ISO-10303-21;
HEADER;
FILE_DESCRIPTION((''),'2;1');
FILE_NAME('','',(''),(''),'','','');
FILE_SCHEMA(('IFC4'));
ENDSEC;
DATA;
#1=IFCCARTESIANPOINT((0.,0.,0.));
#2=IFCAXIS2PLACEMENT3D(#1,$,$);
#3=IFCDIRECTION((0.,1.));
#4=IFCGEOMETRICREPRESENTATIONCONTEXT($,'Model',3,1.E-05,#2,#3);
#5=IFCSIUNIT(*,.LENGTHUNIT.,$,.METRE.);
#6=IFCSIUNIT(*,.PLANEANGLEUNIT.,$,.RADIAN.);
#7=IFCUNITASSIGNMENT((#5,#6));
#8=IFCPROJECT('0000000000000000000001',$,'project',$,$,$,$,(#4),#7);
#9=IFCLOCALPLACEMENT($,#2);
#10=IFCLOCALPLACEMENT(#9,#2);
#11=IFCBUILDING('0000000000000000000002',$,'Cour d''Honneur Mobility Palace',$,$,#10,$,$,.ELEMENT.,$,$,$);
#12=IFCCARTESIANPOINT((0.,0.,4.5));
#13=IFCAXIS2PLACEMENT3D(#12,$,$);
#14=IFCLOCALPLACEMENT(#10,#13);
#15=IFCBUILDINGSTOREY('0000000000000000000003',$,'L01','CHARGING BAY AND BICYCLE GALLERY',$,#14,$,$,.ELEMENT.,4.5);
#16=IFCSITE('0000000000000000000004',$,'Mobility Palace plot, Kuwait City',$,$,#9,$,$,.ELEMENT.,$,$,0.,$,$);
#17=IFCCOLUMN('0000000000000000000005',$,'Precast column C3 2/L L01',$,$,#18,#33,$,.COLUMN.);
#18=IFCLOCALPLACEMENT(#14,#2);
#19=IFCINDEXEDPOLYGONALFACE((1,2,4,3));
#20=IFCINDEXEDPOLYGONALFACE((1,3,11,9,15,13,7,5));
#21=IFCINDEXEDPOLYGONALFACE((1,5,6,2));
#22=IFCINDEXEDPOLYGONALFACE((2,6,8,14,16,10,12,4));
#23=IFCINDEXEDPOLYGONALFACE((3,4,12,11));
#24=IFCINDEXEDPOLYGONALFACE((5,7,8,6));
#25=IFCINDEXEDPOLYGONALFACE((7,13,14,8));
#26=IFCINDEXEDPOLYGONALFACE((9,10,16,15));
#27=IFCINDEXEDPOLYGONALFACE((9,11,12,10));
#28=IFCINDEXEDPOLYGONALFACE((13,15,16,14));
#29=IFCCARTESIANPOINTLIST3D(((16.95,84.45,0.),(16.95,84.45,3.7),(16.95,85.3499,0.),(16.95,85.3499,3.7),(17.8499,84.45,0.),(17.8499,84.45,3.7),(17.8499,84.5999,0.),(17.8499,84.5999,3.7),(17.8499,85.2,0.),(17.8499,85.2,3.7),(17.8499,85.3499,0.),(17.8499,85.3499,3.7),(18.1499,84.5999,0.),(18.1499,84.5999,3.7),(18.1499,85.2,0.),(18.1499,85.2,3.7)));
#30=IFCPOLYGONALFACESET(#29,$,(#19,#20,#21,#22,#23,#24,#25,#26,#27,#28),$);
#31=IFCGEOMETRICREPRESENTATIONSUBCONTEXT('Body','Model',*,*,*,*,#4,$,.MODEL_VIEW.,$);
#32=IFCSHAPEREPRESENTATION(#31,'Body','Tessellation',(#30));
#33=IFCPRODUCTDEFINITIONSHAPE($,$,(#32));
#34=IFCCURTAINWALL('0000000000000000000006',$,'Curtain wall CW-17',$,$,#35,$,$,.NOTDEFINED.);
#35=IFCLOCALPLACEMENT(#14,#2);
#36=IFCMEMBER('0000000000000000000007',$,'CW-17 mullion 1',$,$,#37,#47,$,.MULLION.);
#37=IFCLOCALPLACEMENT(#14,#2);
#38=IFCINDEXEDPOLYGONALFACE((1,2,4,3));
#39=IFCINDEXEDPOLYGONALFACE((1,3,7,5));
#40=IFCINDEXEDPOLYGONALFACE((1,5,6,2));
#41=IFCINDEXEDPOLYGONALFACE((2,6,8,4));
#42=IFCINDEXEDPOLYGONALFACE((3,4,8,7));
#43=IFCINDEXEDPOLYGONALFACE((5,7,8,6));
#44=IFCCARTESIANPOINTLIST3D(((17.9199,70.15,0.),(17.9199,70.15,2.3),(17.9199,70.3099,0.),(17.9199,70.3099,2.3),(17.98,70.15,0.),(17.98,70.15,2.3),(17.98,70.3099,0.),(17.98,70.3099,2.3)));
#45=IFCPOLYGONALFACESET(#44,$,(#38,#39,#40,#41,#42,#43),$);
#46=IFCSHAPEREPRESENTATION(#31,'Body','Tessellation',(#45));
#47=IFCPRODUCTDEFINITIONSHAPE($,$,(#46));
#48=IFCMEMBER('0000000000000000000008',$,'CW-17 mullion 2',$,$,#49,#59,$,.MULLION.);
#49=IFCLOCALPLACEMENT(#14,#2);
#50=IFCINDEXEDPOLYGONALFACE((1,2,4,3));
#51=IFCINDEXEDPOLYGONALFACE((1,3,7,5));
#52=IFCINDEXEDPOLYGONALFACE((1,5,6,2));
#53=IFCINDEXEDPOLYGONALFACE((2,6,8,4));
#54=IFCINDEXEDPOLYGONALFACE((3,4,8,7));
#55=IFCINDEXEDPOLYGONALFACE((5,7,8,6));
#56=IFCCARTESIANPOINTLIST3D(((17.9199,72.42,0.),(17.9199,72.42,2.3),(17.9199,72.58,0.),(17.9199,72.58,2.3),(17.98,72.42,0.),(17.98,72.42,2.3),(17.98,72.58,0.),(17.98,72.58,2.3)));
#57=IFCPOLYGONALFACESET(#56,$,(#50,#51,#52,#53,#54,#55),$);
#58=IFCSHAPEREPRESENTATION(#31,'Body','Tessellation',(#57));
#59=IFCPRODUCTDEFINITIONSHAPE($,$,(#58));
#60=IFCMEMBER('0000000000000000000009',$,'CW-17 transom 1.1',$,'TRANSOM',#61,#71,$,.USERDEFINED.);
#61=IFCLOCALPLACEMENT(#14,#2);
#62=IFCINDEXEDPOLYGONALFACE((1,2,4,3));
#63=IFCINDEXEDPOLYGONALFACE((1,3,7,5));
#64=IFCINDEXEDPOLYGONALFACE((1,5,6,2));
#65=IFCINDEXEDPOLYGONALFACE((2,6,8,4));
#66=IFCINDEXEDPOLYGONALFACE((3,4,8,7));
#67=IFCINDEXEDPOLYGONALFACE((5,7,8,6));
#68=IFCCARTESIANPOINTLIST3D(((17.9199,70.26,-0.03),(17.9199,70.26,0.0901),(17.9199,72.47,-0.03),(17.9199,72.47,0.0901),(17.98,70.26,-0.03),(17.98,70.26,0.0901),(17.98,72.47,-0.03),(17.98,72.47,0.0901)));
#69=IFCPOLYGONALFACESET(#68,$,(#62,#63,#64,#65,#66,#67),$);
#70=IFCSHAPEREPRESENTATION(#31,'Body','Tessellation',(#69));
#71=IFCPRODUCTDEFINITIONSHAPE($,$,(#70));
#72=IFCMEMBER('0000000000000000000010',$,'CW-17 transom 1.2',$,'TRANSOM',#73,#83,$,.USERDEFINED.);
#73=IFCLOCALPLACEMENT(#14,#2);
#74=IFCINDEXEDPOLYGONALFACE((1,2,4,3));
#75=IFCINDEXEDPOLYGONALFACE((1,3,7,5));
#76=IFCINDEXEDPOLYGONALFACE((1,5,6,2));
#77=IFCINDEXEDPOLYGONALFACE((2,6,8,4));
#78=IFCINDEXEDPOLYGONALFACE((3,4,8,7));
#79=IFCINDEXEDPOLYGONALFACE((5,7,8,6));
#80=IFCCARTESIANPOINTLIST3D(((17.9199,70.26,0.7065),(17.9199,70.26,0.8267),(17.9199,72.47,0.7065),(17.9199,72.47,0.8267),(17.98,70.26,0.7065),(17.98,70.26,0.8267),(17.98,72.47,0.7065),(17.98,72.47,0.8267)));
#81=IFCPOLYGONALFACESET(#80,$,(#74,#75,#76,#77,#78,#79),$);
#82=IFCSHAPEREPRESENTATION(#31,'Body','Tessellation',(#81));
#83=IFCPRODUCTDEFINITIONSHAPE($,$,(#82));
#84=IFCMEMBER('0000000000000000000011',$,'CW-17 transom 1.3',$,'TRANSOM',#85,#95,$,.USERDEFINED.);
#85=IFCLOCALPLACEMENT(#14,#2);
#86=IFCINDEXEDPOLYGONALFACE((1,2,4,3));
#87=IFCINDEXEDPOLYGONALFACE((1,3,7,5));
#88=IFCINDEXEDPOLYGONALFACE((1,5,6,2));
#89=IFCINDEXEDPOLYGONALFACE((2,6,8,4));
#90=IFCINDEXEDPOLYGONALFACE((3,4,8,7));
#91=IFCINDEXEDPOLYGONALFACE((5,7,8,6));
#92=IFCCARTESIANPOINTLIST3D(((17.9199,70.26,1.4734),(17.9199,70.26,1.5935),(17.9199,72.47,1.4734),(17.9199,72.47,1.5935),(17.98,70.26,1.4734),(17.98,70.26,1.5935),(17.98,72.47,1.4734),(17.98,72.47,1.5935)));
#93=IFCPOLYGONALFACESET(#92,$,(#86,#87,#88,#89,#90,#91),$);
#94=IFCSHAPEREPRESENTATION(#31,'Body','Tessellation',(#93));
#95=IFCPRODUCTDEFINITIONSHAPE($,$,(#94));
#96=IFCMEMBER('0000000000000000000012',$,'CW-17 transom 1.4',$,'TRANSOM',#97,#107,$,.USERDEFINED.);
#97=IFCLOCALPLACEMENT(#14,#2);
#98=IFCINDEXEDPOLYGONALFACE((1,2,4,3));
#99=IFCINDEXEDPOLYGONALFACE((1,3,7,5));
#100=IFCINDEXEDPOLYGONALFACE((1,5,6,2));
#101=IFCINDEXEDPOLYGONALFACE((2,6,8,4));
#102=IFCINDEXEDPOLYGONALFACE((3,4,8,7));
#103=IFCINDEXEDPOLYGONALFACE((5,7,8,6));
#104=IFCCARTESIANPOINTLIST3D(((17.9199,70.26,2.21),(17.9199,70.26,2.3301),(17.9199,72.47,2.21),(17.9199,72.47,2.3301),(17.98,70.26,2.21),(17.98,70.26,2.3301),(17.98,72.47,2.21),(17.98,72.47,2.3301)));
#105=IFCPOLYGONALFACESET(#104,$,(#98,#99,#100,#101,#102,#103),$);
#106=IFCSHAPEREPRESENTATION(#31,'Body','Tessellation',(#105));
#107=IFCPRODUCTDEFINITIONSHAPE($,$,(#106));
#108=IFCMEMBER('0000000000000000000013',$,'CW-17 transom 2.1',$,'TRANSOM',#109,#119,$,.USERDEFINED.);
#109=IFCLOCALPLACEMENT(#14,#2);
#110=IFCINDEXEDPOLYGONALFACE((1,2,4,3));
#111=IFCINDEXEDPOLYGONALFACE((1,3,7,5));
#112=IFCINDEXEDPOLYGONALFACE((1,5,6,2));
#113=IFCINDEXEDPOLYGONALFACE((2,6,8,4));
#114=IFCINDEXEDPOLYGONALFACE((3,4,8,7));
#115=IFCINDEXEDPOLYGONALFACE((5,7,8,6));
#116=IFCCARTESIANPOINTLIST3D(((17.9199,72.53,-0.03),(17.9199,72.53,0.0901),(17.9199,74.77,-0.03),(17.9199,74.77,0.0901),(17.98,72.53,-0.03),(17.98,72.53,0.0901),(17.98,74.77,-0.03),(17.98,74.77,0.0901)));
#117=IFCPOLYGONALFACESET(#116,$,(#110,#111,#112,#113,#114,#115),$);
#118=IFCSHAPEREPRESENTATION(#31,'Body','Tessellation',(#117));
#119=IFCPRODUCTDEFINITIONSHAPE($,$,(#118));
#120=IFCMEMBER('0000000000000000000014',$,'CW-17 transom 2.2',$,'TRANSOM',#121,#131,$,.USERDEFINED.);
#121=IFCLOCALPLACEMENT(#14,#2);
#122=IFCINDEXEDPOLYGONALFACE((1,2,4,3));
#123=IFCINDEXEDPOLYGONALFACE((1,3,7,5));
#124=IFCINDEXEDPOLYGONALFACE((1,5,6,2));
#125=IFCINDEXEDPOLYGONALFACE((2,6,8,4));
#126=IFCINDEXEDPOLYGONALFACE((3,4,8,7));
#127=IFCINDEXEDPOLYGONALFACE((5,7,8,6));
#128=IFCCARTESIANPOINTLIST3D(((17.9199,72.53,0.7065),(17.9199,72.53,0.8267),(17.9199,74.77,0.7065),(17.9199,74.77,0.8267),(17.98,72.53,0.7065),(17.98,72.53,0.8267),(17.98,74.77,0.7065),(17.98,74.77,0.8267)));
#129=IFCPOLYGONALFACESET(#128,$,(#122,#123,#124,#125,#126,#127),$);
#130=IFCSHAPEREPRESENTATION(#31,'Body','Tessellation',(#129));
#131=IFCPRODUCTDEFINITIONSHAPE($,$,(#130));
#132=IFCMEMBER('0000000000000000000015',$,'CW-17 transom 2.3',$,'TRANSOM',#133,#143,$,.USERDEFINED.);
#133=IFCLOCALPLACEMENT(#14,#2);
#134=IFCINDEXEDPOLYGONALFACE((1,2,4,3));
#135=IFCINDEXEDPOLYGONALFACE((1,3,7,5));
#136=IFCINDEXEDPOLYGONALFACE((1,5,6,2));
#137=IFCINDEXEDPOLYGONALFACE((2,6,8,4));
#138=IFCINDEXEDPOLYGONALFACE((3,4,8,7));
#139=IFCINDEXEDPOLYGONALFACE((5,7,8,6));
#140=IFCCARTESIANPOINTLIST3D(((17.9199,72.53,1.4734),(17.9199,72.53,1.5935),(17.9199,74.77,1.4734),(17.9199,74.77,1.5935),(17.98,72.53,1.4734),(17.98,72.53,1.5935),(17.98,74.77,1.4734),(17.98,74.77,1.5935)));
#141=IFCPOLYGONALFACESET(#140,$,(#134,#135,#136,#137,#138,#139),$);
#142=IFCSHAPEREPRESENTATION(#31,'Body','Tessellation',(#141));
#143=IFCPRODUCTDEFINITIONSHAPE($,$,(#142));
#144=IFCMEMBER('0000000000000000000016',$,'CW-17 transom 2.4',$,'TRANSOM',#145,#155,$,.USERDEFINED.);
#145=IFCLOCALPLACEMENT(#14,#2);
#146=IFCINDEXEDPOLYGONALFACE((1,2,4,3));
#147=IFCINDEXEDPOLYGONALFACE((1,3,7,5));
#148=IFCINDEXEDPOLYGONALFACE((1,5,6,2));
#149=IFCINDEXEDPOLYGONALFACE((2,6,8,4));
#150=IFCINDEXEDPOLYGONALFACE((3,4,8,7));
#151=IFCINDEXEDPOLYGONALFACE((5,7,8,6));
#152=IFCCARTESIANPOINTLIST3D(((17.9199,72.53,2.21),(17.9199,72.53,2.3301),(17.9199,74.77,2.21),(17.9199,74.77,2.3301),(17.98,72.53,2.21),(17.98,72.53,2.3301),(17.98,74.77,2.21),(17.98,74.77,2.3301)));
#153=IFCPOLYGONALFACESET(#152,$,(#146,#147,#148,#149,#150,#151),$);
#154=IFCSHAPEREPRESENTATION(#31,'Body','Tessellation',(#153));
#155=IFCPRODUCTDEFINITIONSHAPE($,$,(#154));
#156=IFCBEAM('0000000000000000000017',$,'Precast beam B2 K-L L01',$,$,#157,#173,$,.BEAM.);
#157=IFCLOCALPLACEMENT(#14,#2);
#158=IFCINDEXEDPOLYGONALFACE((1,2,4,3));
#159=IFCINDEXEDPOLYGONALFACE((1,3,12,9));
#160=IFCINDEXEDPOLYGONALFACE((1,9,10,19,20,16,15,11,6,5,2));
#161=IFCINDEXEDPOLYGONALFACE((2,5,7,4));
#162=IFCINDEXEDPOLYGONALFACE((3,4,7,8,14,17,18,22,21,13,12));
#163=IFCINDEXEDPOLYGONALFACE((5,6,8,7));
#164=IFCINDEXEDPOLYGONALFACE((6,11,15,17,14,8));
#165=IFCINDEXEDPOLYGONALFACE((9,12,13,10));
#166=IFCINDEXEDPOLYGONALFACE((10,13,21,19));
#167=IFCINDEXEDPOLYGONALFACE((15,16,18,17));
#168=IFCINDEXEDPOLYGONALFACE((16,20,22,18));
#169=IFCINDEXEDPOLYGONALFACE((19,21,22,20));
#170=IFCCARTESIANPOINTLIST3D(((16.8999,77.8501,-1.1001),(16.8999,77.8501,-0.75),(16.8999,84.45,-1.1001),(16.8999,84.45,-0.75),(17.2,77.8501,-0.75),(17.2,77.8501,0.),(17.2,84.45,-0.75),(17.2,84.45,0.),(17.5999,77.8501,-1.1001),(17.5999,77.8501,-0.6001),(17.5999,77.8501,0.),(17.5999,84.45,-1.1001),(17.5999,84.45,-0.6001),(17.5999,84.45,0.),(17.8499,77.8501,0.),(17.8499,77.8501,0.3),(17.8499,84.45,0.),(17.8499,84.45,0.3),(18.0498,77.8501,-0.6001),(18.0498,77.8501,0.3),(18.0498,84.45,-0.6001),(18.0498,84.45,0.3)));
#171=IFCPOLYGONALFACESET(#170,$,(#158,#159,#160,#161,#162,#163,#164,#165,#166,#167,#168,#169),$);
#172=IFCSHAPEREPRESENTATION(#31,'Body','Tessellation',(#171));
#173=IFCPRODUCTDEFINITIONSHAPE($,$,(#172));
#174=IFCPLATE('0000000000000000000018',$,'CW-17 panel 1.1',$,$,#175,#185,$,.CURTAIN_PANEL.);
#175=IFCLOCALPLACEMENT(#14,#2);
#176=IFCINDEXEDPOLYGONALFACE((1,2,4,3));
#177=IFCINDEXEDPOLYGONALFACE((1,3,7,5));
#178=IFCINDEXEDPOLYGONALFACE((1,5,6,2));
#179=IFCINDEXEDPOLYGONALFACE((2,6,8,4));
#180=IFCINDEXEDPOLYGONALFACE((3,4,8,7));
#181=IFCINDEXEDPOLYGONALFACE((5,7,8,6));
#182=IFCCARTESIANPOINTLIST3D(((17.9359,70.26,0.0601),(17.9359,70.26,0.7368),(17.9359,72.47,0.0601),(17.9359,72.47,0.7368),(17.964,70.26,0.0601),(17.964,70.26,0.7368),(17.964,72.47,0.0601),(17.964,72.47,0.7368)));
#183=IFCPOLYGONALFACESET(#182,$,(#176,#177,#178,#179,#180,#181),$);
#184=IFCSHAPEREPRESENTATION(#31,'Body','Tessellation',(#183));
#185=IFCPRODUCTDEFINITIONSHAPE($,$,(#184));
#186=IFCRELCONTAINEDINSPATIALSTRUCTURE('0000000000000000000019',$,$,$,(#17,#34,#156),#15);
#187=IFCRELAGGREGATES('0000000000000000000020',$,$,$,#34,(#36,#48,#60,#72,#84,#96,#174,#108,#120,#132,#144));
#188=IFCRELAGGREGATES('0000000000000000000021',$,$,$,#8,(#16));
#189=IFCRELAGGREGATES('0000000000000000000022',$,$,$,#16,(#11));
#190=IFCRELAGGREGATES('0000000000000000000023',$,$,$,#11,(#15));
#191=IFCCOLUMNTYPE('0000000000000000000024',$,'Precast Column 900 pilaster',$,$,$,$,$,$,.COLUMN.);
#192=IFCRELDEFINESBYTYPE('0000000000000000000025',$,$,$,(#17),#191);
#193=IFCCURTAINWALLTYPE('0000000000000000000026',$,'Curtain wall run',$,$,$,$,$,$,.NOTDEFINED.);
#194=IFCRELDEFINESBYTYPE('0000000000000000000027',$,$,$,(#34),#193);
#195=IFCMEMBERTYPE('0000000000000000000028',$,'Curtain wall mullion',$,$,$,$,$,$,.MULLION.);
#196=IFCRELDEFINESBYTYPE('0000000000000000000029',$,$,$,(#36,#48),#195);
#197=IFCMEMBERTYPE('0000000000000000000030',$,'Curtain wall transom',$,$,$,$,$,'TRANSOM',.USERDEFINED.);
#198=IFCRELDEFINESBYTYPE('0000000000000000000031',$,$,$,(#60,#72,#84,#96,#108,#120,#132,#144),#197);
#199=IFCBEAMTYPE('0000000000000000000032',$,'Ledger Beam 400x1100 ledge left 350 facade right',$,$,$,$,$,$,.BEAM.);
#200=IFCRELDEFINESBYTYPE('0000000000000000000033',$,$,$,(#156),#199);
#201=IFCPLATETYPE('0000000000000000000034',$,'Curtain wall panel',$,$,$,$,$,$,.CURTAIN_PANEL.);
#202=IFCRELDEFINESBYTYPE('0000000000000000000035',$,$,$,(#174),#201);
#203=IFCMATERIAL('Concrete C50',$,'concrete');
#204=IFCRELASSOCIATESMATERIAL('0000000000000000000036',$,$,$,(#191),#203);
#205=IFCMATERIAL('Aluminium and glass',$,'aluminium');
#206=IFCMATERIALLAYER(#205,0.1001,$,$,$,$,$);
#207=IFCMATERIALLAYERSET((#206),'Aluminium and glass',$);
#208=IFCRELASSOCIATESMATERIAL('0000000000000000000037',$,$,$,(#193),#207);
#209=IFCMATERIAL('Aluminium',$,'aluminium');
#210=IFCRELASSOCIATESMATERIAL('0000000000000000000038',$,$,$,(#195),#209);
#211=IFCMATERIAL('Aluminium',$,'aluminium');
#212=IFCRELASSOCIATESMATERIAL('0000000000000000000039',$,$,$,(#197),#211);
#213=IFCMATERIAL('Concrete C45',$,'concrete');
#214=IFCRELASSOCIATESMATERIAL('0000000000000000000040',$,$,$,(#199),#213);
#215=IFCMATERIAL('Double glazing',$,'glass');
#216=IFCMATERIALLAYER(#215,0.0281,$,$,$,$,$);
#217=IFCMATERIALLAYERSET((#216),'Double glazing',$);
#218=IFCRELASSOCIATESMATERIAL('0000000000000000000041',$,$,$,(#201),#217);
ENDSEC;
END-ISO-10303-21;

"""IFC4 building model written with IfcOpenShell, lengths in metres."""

from ifc_helpers import new_model, si_unit, direction, frame, origin, origin_2d, place, context, subcontext, project, spatial, polyline, rectangle, outline, extrude, material, layer, layer_set, material_profile, profile_set, type_object, element, aggregate, save


model = new_model("IFC4")

# Units and contexts
model_context = context("Model", 3, precision=1e-05, world=origin(), true_north=direction((0.0, 1.0)))
body_context = subcontext(model_context, "Body", "Model", "MODEL_VIEW")
ifc_project = project(units=[si_unit("LENGTHUNIT", "METRE"), si_unit("PLANEANGLEUNIT", "RADIAN")], contexts=[model_context])

# Site, building, storey
site_placement = place(None, origin())
site = spatial("IfcSite", under=ifc_project, at=site_placement, Name="Mobility Palace plot, Kuwait City", CompositionType="ELEMENT", RefElevation=0.0)
building_placement = place(site_placement, origin())
building = spatial("IfcBuilding", under=site, at=building_placement, Name="Cour d'Honneur Mobility Palace", CompositionType="ELEMENT")
storey_placement = place(building_placement, frame((0.0, 0.0, 4.5)))
storey = spatial("IfcBuildingStorey", under=building, at=storey_placement, Name="L01", Description="CHARGING BAY AND BICYCLE GALLERY", CompositionType="ELEMENT", Elevation=4.5)

# Column
ifc_material_1 = material(Name="Concrete C50", Category="concrete")
ifc_material_profile_1 = material_profile(ifc_material_1, outline(polyline([(-0.45, -0.45), (0.45, -0.45), (0.45, -0.3), (0.75, -0.3), (0.75, 0.3), (0.45, 0.3), (0.45, 0.45), (-0.45, 0.45), (-0.45, -0.45)])), Name="PC C900 pilaster")
ifc_profile_set_1 = profile_set([ifc_material_profile_1], Name="Concrete C50")
column_type = type_object("IfcColumnType", Name="Precast Column 900 pilaster", PredefinedType="COLUMN", material=ifc_profile_set_1)
column_placement = place(storey_placement, frame((17.3999, 84.8999, 0.0), z_axis=(0.0, 0.0, 1.0), x_axis=(1.0, 0.0, 0.0)))
element("IfcColumn", 1, at=column_placement, inside=storey, type_object=column_type, Name="Precast column C3 2/L L01", PredefinedType="COLUMN", context=body_context, shape_type="SweptSolid", body=[
    extrude(outline(polyline([(-0.45, -0.45), (0.45, -0.45), (0.45, -0.3), (0.75, -0.3), (0.75, 0.3), (0.45, 0.3), (0.45, 0.45), (-0.45, 0.45), (-0.45, -0.45)])), origin(), (0.0, 0.0, 1.0), 3.7),
])

# Curtain wall, members
ifc_material_2 = material(Name="Aluminium and glass", Category="aluminium")
ifc_layer_1 = layer(ifc_material_2, 0.1001)
ifc_layer_set_1 = layer_set([ifc_layer_1], Name="Aluminium and glass")
curtain_wall_type = type_object("IfcCurtainWallType", Name="Curtain wall run", PredefinedType="NOTDEFINED", material=ifc_layer_set_1)
curtain_wall_placement = place(storey_placement, origin())
curtain_wall = element("IfcCurtainWall", 2, at=curtain_wall_placement, inside=storey, type_object=curtain_wall_type, Name="Curtain wall CW-17", PredefinedType="NOTDEFINED")
ifc_material_3 = material(Name="Aluminium", Category="aluminium")
ifc_material_profile_2 = material_profile(ifc_material_3, rectangle(XDim=0.0601, YDim=0.1599, at=origin_2d()), Name="Curtain wall mullion")
ifc_profile_set_2 = profile_set([ifc_material_profile_2], Name="Aluminium")
member_type_1 = type_object("IfcMemberType", Name="Curtain wall mullion", PredefinedType="MULLION", material=ifc_profile_set_2)
member_1_placement = place(storey_placement, frame((17.95, 70.23, 0.0), z_axis=(0.0, 0.0, 1.0), x_axis=(-1.0, 0.0, 0.0)))
member_1 = element("IfcMember", 3, at=member_1_placement, type_object=member_type_1, Name="CW-17 mullion 1", PredefinedType="MULLION", context=body_context, shape_type="SweptSolid", body=[
    extrude(rectangle(XDim=0.0601, YDim=0.1599, at=origin_2d()), origin(), (0.0, 0.0, 1.0), 2.3),
])
member_2_placement = place(storey_placement, frame((17.95, 72.5, 0.0), z_axis=(0.0, 0.0, 1.0), x_axis=(-1.0, 0.0, 0.0)))
member_2 = element("IfcMember", 4, at=member_2_placement, type_object=member_type_1, Name="CW-17 mullion 2", PredefinedType="MULLION", context=body_context, shape_type="SweptSolid", body=[
    extrude(rectangle(XDim=0.0601, YDim=0.1599, at=origin_2d()), origin(), (0.0, 0.0, 1.0), 2.3),
])
ifc_material_4 = material(Name="Aluminium", Category="aluminium")
ifc_material_profile_3 = material_profile(ifc_material_4, rectangle(XDim=0.0601, YDim=0.1201, at=origin_2d()), Name="Curtain wall transom")
ifc_profile_set_3 = profile_set([ifc_material_profile_3], Name="Aluminium")
member_type_2 = type_object("IfcMemberType", Name="Curtain wall transom", ElementType="TRANSOM", PredefinedType="USERDEFINED", material=ifc_profile_set_3)
member_3_placement = place(storey_placement, frame((17.95, 70.26, 0.03), z_axis=(0.0, 1.0, 0.0), x_axis=(-1.0, 0.0, 0.0)))
member_3 = element("IfcMember", 5, at=member_3_placement, type_object=member_type_2, Name="CW-17 transom 1.1", ObjectType="TRANSOM", PredefinedType="USERDEFINED", context=body_context, shape_type="SweptSolid", body=[
    extrude(rectangle(XDim=0.0601, YDim=0.1201, at=origin_2d()), origin(), (0.0, 0.0, 1.0), 2.21),
])
member_4_placement = place(storey_placement, frame((17.95, 70.26, 0.7666), z_axis=(0.0, 1.0, 0.0), x_axis=(-1.0, 0.0, 0.0)))
member_4 = element("IfcMember", 6, at=member_4_placement, type_object=member_type_2, Name="CW-17 transom 1.2", ObjectType="TRANSOM", PredefinedType="USERDEFINED", context=body_context, shape_type="SweptSolid", body=[
    extrude(rectangle(XDim=0.0601, YDim=0.1201, at=origin_2d()), origin(), (0.0, 0.0, 1.0), 2.21),
])
member_5_placement = place(storey_placement, frame((17.95, 70.26, 1.5334), z_axis=(0.0, 1.0, 0.0), x_axis=(-1.0, 0.0, 0.0)))
member_5 = element("IfcMember", 7, at=member_5_placement, type_object=member_type_2, Name="CW-17 transom 1.3", ObjectType="TRANSOM", PredefinedType="USERDEFINED", context=body_context, shape_type="SweptSolid", body=[
    extrude(rectangle(XDim=0.0601, YDim=0.1201, at=origin_2d()), origin(), (0.0, 0.0, 1.0), 2.21),
])
member_6_placement = place(storey_placement, frame((17.95, 70.26, 2.27), z_axis=(0.0, 1.0, 0.0), x_axis=(-1.0, 0.0, 0.0)))
member_6 = element("IfcMember", 8, at=member_6_placement, type_object=member_type_2, Name="CW-17 transom 1.4", ObjectType="TRANSOM", PredefinedType="USERDEFINED", context=body_context, shape_type="SweptSolid", body=[
    extrude(rectangle(XDim=0.0601, YDim=0.1201, at=origin_2d()), origin(), (0.0, 0.0, 1.0), 2.21),
])
member_7_placement = place(storey_placement, frame((17.95, 72.53, 0.03), z_axis=(0.0, 1.0, 0.0), x_axis=(-1.0, 0.0, 0.0)))
member_7 = element("IfcMember", 9, at=member_7_placement, type_object=member_type_2, Name="CW-17 transom 2.1", ObjectType="TRANSOM", PredefinedType="USERDEFINED", context=body_context, shape_type="SweptSolid", body=[
    extrude(rectangle(XDim=0.0601, YDim=0.1201, at=origin_2d()), origin(), (0.0, 0.0, 1.0), 2.24),
])
member_8_placement = place(storey_placement, frame((17.95, 72.53, 0.7666), z_axis=(0.0, 1.0, 0.0), x_axis=(-1.0, 0.0, 0.0)))
member_8 = element("IfcMember", 10, at=member_8_placement, type_object=member_type_2, Name="CW-17 transom 2.2", ObjectType="TRANSOM", PredefinedType="USERDEFINED", context=body_context, shape_type="SweptSolid", body=[
    extrude(rectangle(XDim=0.0601, YDim=0.1201, at=origin_2d()), origin(), (0.0, 0.0, 1.0), 2.24),
])
member_9_placement = place(storey_placement, frame((17.95, 72.53, 1.5334), z_axis=(0.0, 1.0, 0.0), x_axis=(-1.0, 0.0, 0.0)))
member_9 = element("IfcMember", 11, at=member_9_placement, type_object=member_type_2, Name="CW-17 transom 2.3", ObjectType="TRANSOM", PredefinedType="USERDEFINED", context=body_context, shape_type="SweptSolid", body=[
    extrude(rectangle(XDim=0.0601, YDim=0.1201, at=origin_2d()), origin(), (0.0, 0.0, 1.0), 2.24),
])
member_10_placement = place(storey_placement, frame((17.95, 72.53, 2.27), z_axis=(0.0, 1.0, 0.0), x_axis=(-1.0, 0.0, 0.0)))
member_10 = element("IfcMember", 12, at=member_10_placement, type_object=member_type_2, Name="CW-17 transom 2.4", ObjectType="TRANSOM", PredefinedType="USERDEFINED", context=body_context, shape_type="SweptSolid", body=[
    extrude(rectangle(XDim=0.0601, YDim=0.1201, at=origin_2d()), origin(), (0.0, 0.0, 1.0), 2.24),
])

# Beam
ifc_material_5 = material(Name="Concrete C45", Category="concrete")
ifc_material_profile_4 = material_profile(ifc_material_5, outline(polyline([(0.5, -1.1001), (0.5, -0.75), (0.2, -0.75), (0.2, 0.0), (-0.2, 0.0), (-0.45, 0.0), (-0.45, 0.3), (-0.6499, 0.3), (-0.6499, -0.6001), (-0.2, -0.6001), (-0.2, -1.1001), (0.5, -1.1001)])), Name="Ledger Beam 400x1100 ledge left 350 facade right")
ifc_profile_set_4 = profile_set([ifc_material_profile_4], Name="Concrete C45")
beam_type = type_object("IfcBeamType", Name="Ledger Beam 400x1100 ledge left 350 facade right", PredefinedType="BEAM", material=ifc_profile_set_4)
beam_placement = place(storey_placement, frame((17.3999, 77.8501, 0.0), z_axis=(0.0, 1.0, 0.0), x_axis=(-1.0, 0.0, 0.0)))
element("IfcBeam", 13, at=beam_placement, inside=storey, type_object=beam_type, Name="Precast beam B2 K-L L01", PredefinedType="BEAM", context=body_context, shape_type="SweptSolid", body=[
    extrude(outline(polyline([(0.5, -1.1001), (0.5, -0.75), (0.2, -0.75), (0.2, 0.0), (-0.2, 0.0), (-0.45, 0.0), (-0.45, 0.3), (-0.6499, 0.3), (-0.6499, -0.6001), (-0.2, -0.6001), (-0.2, -1.1001), (0.5, -1.1001)])), origin(), (0.0, 0.0, 1.0), 6.5999),
])

# Plate
ifc_material_6 = material(Name="Double glazing", Category="glass")
ifc_layer_2 = layer(ifc_material_6, 0.0281)
ifc_layer_set_2 = layer_set([ifc_layer_2], Name="Double glazing")
plate_type = type_object("IfcPlateType", Name="Curtain wall panel", PredefinedType="CURTAIN_PANEL", material=ifc_layer_set_2)
plate_1_placement = place(storey_placement, frame((17.95, 71.365, 0.0601), z_axis=(0.0, 0.0, 1.0), x_axis=(0.0, 1.0, 0.0)))
plate_1 = element("IfcPlate", 14, at=plate_1_placement, type_object=plate_type, Name="CW-17 panel 1.1", PredefinedType="CURTAIN_PANEL", context=body_context, shape_type="SweptSolid", body=[
    extrude(rectangle(XDim=2.21, YDim=0.0281, at=origin_2d()), origin(), (0.0, 0.0, 1.0), 0.6768),
])
aggregate(curtain_wall, [member_1, member_2, member_3, member_4, member_5, member_6, plate_1, member_7, member_8, member_9, member_10])

save(model, "model.ifc")
